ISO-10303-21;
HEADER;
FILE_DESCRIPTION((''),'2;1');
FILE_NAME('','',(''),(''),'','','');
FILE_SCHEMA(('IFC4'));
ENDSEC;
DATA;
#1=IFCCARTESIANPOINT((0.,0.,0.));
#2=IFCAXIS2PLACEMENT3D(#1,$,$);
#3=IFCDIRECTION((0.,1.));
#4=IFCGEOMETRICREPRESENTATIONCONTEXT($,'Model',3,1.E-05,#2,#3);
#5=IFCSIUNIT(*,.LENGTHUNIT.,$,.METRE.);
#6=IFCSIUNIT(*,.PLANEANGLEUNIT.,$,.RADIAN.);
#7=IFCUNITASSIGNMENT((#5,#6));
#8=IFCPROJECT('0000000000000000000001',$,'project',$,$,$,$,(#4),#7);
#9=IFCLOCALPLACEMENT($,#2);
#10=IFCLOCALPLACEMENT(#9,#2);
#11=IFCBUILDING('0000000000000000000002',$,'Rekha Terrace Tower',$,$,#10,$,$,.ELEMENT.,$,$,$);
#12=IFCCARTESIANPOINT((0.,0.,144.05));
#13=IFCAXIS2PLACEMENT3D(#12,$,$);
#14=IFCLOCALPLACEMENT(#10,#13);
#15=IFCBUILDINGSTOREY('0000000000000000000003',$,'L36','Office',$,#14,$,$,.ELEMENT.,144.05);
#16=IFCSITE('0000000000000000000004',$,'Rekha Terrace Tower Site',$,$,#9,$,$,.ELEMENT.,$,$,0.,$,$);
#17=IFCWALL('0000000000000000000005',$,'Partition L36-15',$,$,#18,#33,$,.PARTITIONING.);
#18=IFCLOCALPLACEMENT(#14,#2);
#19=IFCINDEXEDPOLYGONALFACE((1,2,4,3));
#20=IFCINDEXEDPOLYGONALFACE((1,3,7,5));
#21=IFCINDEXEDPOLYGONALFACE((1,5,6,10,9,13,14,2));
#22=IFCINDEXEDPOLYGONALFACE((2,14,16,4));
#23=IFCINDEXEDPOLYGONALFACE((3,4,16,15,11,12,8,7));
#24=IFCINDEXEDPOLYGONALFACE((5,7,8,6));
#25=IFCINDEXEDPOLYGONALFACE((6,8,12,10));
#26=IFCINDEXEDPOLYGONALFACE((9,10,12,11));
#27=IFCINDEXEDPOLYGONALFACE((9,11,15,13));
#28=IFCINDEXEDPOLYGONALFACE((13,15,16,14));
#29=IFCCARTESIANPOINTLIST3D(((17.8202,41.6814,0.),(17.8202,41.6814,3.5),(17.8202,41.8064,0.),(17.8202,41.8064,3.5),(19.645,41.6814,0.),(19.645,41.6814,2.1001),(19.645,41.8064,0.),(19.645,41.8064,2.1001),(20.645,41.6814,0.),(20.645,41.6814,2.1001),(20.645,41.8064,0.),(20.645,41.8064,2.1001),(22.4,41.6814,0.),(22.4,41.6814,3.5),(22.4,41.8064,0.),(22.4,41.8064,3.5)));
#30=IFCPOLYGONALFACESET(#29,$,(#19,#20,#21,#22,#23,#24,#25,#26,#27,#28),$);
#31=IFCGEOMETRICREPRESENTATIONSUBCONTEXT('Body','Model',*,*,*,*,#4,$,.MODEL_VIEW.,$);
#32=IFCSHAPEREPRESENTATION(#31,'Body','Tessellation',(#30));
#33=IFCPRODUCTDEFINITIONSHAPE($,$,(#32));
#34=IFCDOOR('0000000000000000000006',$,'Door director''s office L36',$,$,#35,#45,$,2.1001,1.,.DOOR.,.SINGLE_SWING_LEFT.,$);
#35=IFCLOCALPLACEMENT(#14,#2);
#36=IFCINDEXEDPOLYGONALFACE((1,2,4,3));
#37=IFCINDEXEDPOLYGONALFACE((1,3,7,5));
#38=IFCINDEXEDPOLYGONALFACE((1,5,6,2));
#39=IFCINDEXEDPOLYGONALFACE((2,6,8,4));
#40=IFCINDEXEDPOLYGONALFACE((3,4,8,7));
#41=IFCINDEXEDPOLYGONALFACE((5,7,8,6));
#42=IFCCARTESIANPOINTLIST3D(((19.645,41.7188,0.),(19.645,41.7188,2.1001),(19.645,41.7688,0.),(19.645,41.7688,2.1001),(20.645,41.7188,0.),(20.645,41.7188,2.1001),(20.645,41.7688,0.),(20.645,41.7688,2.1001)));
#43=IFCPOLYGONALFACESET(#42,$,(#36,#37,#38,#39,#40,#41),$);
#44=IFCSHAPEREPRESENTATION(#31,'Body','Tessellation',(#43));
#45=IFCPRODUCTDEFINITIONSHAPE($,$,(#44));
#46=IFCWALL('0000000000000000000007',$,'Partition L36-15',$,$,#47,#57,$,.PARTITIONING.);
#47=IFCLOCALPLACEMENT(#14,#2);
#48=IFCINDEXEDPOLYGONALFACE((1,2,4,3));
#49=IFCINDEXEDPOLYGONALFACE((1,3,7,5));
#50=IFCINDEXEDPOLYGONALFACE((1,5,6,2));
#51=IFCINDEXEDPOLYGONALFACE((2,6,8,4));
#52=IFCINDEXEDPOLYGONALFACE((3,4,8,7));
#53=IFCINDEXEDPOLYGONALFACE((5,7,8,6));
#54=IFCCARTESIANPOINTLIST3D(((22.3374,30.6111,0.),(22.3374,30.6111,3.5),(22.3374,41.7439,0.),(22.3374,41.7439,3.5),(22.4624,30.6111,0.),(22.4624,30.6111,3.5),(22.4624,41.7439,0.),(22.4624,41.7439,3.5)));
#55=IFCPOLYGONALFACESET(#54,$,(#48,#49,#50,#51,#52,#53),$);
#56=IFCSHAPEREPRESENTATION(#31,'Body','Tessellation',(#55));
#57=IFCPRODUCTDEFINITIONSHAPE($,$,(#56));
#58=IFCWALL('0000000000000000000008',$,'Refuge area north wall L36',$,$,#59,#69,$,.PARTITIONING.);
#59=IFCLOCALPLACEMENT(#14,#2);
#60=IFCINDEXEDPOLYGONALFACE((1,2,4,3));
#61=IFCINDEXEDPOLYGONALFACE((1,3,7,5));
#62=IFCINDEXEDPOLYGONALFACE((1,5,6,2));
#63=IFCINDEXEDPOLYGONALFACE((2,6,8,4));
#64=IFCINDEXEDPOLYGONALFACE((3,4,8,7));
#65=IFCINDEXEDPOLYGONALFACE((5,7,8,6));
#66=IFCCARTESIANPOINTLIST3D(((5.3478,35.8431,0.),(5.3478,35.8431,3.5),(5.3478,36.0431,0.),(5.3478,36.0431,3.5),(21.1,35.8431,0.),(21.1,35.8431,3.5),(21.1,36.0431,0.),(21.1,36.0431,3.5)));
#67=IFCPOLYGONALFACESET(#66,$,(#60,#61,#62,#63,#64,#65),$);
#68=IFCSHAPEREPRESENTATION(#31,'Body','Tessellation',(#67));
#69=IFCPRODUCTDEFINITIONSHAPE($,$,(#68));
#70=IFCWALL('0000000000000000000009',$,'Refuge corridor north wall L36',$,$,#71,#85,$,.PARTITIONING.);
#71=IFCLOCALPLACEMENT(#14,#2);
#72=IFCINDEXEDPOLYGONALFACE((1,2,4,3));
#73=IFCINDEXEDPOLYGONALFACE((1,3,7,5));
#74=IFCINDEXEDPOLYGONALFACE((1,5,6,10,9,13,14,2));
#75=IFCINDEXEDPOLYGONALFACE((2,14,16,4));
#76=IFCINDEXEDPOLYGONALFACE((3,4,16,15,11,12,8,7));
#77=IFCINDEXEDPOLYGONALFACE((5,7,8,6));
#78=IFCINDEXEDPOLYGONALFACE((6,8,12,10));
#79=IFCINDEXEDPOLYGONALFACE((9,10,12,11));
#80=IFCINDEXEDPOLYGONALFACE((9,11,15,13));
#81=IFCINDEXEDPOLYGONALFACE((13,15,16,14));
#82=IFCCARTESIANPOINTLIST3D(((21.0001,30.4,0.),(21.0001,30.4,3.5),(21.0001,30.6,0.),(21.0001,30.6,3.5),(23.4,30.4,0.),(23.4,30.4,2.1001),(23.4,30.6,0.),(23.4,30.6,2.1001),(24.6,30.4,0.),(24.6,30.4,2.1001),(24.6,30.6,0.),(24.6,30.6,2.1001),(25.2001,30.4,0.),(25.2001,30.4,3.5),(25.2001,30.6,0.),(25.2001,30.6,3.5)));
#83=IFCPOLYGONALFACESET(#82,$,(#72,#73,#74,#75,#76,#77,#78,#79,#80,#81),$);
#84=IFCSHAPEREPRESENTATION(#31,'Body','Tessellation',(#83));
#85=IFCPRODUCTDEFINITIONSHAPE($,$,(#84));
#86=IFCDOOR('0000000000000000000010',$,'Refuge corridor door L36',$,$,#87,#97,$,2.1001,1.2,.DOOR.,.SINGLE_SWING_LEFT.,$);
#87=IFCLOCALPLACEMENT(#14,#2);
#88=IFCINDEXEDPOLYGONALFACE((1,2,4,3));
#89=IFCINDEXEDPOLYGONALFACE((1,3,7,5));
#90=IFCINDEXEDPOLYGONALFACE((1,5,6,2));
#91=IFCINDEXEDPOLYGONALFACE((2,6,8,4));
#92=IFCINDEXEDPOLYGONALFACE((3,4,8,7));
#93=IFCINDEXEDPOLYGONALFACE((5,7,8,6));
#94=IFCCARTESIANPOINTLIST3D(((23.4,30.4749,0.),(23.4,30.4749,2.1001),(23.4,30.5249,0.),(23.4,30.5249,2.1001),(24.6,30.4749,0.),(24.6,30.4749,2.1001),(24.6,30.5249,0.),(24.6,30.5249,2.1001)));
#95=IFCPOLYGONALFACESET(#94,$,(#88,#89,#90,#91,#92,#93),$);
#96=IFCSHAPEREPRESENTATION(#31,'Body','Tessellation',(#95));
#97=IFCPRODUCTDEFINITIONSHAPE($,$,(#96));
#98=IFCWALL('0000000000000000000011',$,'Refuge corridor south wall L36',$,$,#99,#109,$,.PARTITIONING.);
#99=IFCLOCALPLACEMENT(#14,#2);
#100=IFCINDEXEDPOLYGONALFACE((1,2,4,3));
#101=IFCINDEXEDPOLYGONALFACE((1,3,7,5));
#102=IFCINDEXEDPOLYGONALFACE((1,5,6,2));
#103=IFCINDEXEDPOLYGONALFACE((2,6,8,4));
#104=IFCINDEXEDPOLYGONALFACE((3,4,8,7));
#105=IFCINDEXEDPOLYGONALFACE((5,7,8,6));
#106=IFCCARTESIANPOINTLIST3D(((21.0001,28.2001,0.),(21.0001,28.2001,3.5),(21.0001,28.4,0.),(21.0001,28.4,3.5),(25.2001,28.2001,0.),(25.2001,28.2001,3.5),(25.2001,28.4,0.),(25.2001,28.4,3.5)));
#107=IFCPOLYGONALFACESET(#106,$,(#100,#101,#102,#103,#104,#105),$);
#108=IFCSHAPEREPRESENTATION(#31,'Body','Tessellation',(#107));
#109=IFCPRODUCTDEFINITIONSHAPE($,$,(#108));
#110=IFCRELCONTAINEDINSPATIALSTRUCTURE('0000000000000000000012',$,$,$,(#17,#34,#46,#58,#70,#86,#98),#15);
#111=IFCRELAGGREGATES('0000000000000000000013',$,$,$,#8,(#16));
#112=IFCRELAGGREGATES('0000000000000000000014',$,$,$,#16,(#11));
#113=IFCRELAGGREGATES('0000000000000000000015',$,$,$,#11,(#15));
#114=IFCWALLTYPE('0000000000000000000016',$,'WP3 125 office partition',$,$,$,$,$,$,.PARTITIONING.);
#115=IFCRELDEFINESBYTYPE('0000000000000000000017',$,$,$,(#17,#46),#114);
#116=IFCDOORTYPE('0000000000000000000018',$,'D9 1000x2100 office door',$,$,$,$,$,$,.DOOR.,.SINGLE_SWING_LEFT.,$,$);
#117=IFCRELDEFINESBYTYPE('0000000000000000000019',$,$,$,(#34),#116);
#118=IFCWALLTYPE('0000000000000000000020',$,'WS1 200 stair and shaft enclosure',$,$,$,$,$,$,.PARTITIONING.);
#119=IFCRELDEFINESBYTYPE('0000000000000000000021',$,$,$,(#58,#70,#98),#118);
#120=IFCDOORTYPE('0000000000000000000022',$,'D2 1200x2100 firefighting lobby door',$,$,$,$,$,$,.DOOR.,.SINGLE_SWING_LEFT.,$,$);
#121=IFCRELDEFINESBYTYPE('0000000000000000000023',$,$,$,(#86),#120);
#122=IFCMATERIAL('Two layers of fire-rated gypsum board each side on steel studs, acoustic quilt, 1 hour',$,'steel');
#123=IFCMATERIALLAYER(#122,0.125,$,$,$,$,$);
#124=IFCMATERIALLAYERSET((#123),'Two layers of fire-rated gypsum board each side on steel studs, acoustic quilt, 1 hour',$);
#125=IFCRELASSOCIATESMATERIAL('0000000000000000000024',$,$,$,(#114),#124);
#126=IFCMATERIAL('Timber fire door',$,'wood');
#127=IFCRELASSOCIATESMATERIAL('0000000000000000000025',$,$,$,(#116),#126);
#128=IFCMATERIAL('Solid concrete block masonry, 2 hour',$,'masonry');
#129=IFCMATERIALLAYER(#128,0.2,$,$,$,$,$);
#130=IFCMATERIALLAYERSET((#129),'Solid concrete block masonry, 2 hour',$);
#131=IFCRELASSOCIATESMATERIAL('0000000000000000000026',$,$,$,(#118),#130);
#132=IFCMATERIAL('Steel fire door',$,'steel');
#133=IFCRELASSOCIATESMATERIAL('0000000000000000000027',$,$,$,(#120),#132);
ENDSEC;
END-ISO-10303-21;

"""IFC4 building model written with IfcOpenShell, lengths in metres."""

from ifc_helpers import new_model, si_unit, direction, frame, frame_2d, origin, place, context, subcontext, project, spatial, rectangle, extrude, material, layer, layer_set, type_object, element, fill, save


model = new_model("IFC4")

# Units and contexts
model_context = context("Model", 3, precision=1e-05, world=origin(), true_north=direction((0.0, 1.0)))
body_context = subcontext(model_context, "Body", "Model", "MODEL_VIEW")
ifc_project = project(units=[si_unit("LENGTHUNIT", "METRE"), si_unit("PLANEANGLEUNIT", "RADIAN")], contexts=[model_context])

# Site, building, storey
site_placement = place(None, origin())
site = spatial("IfcSite", under=ifc_project, at=site_placement, Name="Rekha Terrace Tower Site", CompositionType="ELEMENT", RefElevation=0.0)
building_placement = place(site_placement, origin())
building = spatial("IfcBuilding", under=site, at=building_placement, Name="Rekha Terrace Tower", CompositionType="ELEMENT")
storey_placement = place(building_placement, frame((0.0, 0.0, 144.05)))
storey = spatial("IfcBuildingStorey", under=building, at=storey_placement, Name="L36", Description="Office", CompositionType="ELEMENT", Elevation=144.05)

# Shared definitions
ifc_material_1 = material(Name="Steel fire door", Category="steel")

# Shared definitions
ifc_material_2 = material(Name="Two layers of fire-rated gypsum board each side on steel studs, acoustic quilt, 1 hour", Category="steel")
ifc_layer_1 = layer(ifc_material_2, 0.125)
ifc_layer_set_1 = layer_set([ifc_layer_1], Name="Two layers of fire-rated gypsum board each side on steel studs, acoustic quilt, 1 hour")
wall_type_1 = type_object("IfcWallType", Name="WP3 125 office partition", PredefinedType="PARTITIONING", material=ifc_layer_set_1)

# Wall, opening, door
wall_1_placement = place(storey_placement, frame((17.8201, 41.7439, 0.0), z_axis=(0.0, 0.0, 1.0), x_axis=(1.0, 0.0, 0.0)))
wall_1 = element("IfcWall", 1, at=wall_1_placement, inside=storey, type_object=wall_type_1, Name="Partition L36-15", PredefinedType="PARTITIONING", context=body_context, shape_type="SweptSolid", body=[
    extrude(rectangle(XDim=4.5798, YDim=0.125, at=frame_2d((2.29, 0.0))), origin(), (0.0, 0.0, 1.0), 3.5),
])
opening_1_placement = place(wall_1_placement, frame((1.825, 0.0, 0.0)))
opening_1 = element("IfcOpeningElement", 2, at=opening_1_placement, cuts=wall_1, PredefinedType="OPENING", context=body_context, shape_type="SweptSolid", body=[
    extrude(rectangle(XDim=1.0, YDim=2.1001, at=frame_2d((0.5, 1.05))), frame((0.0, 0.0725, 0.0), z_axis=(0.0, -1.0, 0.0), x_axis=(1.0, 0.0, 0.0)), (0.0, 0.0, 1.0), 0.145),
])
ifc_material_3 = material(Name="Timber fire door", Category="wood")
door_type_1 = type_object("IfcDoorType", Name="D9 1000x2100 office door", OperationType="SINGLE_SWING_LEFT", PredefinedType="DOOR", material=ifc_material_3)
door_1_placement = place(opening_1_placement, origin())
door_1 = element("IfcDoor", 3, at=door_1_placement, inside=storey, type_object=door_type_1, Name="Door director's office L36", OperationType="SINGLE_SWING_LEFT", OverallHeight=2.1001, OverallWidth=1.0, PredefinedType="DOOR", context=body_context, shape_type="SweptSolid", body=[
    extrude(rectangle(XDim=1.0, YDim=2.1001, at=frame_2d((0.5, 1.05))), frame((0.0, 0.0249, 0.0), z_axis=(0.0, -1.0, 0.0), x_axis=(1.0, 0.0, 0.0)), (0.0, 0.0, 1.0), 0.05),
])
fill(opening_1, door_1)

# Walls
wall_2_placement = place(storey_placement, frame((22.3999, 41.7439, 0.0), z_axis=(0.0, 0.0, 1.0), x_axis=(0.0, -1.0, 0.0)))
element("IfcWall", 4, at=wall_2_placement, inside=storey, type_object=wall_type_1, Name="Partition L36-15", PredefinedType="PARTITIONING", context=body_context, shape_type="SweptSolid", body=[
    extrude(rectangle(XDim=11.1328, YDim=0.125, at=frame_2d((5.5664, 0.0))), origin(), (0.0, 0.0, 1.0), 3.5),
])
ifc_material_4 = material(Name="Solid concrete block masonry, 2 hour", Category="masonry")
ifc_layer_2 = layer(ifc_material_4, 0.2)
ifc_layer_set_2 = layer_set([ifc_layer_2], Name="Solid concrete block masonry, 2 hour")
wall_type_2 = type_object("IfcWallType", Name="WS1 200 stair and shaft enclosure", PredefinedType="PARTITIONING", material=ifc_layer_set_2)
wall_3_placement = place(storey_placement, frame((5.3479, 35.9431, 0.0), z_axis=(0.0, 0.0, 1.0), x_axis=(1.0, 0.0, 0.0)))
element("IfcWall", 5, at=wall_3_placement, inside=storey, type_object=wall_type_2, Name="Refuge area north wall L36", PredefinedType="PARTITIONING", context=body_context, shape_type="SweptSolid", body=[
    extrude(rectangle(XDim=15.7522, YDim=0.2, at=frame_2d((7.876, 0.0))), origin(), (0.0, 0.0, 1.0), 3.5),
])

# Wall, opening, door
wall_4_placement = place(storey_placement, frame((21.0, 30.5, 0.0), z_axis=(0.0, 0.0, 1.0), x_axis=(1.0, 0.0, 0.0)))
wall_4 = element("IfcWall", 6, at=wall_4_placement, inside=storey, type_object=wall_type_2, Name="Refuge corridor north wall L36", PredefinedType="PARTITIONING", context=body_context, shape_type="SweptSolid", body=[
    extrude(rectangle(XDim=4.2, YDim=0.2, at=frame_2d((2.1001, 0.0))), origin(), (0.0, 0.0, 1.0), 3.5),
])
opening_2_placement = place(wall_4_placement, frame((2.3999, 0.0, 0.0)))
opening_2 = element("IfcOpeningElement", 7, at=opening_2_placement, cuts=wall_4, PredefinedType="OPENING", context=body_context, shape_type="SweptSolid", body=[
    extrude(rectangle(XDim=1.2, YDim=2.1001, at=frame_2d((0.6001, 1.05))), frame((0.0, 0.1099, 0.0), z_axis=(0.0, -1.0, 0.0), x_axis=(1.0, 0.0, 0.0)), (0.0, 0.0, 1.0), 0.22),
])
door_type_2 = type_object("IfcDoorType", Name="D2 1200x2100 firefighting lobby door", OperationType="SINGLE_SWING_LEFT", PredefinedType="DOOR", material=ifc_material_1)
door_2_placement = place(opening_2_placement, origin())
door_2 = element("IfcDoor", 8, at=door_2_placement, inside=storey, type_object=door_type_2, Name="Refuge corridor door L36", OperationType="SINGLE_SWING_LEFT", OverallHeight=2.1001, OverallWidth=1.2, PredefinedType="DOOR", context=body_context, shape_type="SweptSolid", body=[
    extrude(rectangle(XDim=1.2, YDim=2.1001, at=frame_2d((0.6001, 1.05))), frame((0.0, 0.0249, 0.0), z_axis=(0.0, -1.0, 0.0), x_axis=(1.0, 0.0, 0.0)), (0.0, 0.0, 1.0), 0.05),
])
fill(opening_2, door_2)

# Wall
wall_5_placement = place(storey_placement, frame((21.0, 28.3, 0.0), z_axis=(0.0, 0.0, 1.0), x_axis=(1.0, 0.0, 0.0)))
element("IfcWall", 9, at=wall_5_placement, inside=storey, type_object=wall_type_2, Name="Refuge corridor south wall L36", PredefinedType="PARTITIONING", context=body_context, shape_type="SweptSolid", body=[
    extrude(rectangle(XDim=4.2, YDim=0.2, at=frame_2d((2.1001, 0.0))), origin(), (0.0, 0.0, 1.0), 3.5),
])

save(model, "model.ifc")
